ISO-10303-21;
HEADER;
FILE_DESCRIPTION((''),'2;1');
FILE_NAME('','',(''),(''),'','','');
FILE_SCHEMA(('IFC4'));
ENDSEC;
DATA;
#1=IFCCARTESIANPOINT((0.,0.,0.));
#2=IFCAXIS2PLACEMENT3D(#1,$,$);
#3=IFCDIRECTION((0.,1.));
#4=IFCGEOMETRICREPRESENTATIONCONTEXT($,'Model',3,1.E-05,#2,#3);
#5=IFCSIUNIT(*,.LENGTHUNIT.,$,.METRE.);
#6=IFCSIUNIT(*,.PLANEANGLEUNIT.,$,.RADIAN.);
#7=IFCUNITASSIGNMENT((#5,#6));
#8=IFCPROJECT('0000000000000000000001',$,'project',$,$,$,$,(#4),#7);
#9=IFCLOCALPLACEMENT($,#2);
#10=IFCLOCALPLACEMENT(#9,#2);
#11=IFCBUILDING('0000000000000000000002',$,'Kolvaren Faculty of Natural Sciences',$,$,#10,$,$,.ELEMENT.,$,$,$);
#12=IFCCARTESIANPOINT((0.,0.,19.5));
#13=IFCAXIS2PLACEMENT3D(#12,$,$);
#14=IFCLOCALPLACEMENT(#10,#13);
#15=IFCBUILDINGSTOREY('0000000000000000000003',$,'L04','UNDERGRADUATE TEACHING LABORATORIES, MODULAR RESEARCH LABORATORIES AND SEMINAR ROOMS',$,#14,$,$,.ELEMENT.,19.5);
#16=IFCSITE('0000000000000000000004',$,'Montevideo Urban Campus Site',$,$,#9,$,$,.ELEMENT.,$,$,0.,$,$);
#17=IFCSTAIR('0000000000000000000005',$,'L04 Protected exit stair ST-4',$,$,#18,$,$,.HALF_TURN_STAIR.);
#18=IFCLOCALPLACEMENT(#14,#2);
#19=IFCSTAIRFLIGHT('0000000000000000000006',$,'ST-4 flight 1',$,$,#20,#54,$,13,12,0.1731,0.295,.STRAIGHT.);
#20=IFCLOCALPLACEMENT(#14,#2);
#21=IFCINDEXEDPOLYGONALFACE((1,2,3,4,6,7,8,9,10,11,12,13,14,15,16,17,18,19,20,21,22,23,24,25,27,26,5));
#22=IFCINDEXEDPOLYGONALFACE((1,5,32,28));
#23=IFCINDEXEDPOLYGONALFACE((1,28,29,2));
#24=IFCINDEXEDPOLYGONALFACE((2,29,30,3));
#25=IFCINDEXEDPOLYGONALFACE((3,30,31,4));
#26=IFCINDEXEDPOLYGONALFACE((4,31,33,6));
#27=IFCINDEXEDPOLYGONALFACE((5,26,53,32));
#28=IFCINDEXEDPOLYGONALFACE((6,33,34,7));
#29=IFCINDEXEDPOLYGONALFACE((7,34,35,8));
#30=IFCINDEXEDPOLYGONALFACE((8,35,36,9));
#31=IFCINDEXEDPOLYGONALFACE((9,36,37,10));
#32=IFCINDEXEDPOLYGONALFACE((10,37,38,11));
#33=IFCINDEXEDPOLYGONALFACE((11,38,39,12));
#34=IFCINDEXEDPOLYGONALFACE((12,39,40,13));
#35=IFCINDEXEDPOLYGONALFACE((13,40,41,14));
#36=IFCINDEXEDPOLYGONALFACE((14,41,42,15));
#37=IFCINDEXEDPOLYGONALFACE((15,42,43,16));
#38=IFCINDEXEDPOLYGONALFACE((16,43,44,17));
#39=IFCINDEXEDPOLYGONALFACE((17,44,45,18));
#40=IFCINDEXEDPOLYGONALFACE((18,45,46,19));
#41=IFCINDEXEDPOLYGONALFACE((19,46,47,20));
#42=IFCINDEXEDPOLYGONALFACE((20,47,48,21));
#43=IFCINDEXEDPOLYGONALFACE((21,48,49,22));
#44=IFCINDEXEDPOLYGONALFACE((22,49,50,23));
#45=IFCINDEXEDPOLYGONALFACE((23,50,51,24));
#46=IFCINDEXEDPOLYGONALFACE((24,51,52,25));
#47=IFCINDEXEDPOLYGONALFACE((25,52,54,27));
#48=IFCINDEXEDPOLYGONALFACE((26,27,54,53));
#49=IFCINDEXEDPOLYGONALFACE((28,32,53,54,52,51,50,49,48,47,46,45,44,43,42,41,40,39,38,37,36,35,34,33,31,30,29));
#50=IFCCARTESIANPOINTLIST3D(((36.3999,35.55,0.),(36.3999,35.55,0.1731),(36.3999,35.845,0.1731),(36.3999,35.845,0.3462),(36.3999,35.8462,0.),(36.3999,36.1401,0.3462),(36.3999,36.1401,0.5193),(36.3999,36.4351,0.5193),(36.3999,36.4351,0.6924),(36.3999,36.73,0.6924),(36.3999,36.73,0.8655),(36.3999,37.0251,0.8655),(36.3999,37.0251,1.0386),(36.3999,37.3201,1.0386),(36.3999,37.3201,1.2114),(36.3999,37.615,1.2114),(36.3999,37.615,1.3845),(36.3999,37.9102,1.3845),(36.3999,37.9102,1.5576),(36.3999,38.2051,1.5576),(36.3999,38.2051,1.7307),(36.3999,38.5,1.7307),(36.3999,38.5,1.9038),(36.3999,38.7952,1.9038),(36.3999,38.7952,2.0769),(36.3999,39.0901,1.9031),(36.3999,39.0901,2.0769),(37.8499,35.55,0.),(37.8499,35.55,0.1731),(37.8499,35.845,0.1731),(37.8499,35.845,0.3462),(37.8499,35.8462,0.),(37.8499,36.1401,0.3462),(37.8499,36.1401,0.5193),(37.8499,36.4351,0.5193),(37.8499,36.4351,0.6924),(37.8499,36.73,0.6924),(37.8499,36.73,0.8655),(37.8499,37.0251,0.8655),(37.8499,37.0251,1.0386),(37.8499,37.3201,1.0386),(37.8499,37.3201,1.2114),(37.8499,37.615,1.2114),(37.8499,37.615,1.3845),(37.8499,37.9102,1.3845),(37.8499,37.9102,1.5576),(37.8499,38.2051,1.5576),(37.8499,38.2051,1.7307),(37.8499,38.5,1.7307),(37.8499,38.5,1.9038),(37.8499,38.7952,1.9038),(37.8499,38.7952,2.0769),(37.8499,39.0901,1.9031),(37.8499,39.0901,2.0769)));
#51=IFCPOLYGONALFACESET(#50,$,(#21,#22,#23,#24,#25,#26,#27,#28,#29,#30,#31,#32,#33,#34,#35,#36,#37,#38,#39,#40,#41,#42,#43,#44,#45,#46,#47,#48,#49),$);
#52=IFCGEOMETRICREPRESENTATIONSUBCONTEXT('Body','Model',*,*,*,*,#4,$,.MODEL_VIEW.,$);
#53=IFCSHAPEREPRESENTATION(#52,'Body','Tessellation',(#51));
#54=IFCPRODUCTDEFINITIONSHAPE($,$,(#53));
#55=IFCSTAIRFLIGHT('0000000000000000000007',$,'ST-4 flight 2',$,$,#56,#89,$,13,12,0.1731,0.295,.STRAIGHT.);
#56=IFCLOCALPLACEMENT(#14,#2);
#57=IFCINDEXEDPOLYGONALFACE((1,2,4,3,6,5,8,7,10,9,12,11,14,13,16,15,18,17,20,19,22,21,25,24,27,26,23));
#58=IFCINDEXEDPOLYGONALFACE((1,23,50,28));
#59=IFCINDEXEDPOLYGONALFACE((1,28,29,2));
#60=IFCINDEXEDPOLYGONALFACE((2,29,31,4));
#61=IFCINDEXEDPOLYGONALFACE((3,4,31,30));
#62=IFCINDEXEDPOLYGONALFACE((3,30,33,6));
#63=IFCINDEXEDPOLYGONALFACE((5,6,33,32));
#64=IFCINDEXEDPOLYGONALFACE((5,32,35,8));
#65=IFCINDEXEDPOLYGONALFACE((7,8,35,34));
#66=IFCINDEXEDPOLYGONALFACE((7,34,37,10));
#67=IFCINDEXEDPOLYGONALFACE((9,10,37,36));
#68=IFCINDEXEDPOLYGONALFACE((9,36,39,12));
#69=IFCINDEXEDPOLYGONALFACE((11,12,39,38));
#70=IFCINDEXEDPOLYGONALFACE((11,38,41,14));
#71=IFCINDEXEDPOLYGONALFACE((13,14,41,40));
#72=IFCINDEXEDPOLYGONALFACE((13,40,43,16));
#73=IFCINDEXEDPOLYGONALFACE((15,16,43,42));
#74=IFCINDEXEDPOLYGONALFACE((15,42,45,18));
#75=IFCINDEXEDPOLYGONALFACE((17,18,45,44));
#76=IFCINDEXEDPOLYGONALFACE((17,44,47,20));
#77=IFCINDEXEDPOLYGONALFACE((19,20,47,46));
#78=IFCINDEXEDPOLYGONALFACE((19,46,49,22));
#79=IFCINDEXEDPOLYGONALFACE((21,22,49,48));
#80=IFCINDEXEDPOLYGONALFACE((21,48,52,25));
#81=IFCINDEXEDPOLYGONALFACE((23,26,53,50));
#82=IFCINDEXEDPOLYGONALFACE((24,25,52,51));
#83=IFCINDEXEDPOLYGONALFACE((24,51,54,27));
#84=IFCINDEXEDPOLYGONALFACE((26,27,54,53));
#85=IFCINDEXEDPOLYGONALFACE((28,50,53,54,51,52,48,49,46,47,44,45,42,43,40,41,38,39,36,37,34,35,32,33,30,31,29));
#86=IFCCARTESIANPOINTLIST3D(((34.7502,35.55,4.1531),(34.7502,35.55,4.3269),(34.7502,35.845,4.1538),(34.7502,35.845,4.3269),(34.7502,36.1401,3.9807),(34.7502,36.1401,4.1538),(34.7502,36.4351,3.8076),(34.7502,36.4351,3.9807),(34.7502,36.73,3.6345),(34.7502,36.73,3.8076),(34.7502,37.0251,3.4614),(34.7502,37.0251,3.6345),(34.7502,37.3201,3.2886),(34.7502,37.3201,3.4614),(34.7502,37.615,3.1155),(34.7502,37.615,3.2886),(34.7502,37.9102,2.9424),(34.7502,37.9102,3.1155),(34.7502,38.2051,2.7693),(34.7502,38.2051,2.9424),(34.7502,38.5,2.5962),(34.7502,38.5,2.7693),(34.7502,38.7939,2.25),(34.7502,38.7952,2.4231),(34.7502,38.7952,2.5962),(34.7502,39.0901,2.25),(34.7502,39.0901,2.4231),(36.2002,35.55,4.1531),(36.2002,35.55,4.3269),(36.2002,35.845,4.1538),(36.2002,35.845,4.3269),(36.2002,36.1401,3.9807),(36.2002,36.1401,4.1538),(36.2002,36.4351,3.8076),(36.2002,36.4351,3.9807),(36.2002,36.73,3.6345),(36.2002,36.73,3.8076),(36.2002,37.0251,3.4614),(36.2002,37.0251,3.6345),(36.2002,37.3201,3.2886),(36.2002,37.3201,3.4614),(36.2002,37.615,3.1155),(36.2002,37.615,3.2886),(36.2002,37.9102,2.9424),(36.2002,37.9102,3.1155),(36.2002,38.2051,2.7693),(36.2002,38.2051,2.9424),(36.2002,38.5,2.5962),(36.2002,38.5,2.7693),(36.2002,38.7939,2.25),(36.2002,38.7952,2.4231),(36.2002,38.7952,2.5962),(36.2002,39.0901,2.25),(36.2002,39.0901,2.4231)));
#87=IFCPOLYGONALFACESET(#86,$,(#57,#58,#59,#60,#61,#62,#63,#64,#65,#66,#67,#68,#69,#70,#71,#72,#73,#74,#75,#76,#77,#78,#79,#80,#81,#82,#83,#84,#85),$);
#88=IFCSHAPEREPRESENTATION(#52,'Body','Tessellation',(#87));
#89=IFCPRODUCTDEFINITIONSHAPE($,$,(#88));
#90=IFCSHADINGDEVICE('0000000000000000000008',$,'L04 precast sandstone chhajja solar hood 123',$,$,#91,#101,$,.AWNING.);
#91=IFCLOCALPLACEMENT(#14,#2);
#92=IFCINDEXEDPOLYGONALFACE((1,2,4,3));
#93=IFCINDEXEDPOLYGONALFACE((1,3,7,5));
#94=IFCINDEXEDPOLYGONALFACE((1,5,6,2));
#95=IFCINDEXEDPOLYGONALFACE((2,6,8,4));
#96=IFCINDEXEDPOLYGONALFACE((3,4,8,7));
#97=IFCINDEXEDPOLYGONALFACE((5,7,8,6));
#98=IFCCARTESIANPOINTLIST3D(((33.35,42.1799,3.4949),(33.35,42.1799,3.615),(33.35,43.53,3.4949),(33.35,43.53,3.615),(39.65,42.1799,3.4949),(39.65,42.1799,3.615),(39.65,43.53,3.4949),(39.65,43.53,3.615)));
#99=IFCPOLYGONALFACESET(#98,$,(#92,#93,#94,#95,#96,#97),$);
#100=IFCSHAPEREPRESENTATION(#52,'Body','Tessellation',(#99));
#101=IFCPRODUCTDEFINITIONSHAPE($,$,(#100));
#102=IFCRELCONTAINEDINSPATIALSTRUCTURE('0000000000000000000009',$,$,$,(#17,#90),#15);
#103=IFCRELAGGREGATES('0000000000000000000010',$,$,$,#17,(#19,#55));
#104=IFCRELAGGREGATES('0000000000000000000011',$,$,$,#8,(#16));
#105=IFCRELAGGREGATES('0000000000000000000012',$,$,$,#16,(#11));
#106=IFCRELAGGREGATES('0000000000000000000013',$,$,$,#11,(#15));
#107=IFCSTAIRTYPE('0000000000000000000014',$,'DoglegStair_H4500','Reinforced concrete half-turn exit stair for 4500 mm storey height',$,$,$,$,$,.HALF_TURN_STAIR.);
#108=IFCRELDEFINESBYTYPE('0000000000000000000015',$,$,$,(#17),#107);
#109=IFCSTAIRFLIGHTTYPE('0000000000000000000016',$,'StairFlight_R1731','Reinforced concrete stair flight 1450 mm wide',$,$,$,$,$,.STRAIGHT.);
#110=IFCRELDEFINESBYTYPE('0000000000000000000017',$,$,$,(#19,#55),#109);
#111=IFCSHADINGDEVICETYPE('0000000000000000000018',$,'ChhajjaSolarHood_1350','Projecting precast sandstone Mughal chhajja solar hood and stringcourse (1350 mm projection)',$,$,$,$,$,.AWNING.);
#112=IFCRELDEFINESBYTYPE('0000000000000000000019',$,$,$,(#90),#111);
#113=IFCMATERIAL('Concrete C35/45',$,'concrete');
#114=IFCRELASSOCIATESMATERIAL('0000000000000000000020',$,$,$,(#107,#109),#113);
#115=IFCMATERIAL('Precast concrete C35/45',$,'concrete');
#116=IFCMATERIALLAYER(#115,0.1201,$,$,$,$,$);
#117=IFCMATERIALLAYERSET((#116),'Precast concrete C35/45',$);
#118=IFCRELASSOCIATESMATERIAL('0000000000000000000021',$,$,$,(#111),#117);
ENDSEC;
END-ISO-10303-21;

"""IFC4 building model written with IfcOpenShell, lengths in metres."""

from ifc_helpers import new_model, si_unit, direction, frame, origin, origin_2d, place, context, subcontext, project, spatial, polyline, rectangle, outline, extrude, material, layer, layer_set, type_object, element, aggregate, save


model = new_model("IFC4")

# Units and contexts
model_context = context("Model", 3, precision=1e-05, world=origin(), true_north=direction((0.0, 1.0)))
body_context = subcontext(model_context, "Body", "Model", "MODEL_VIEW")
ifc_project = project(units=[si_unit("LENGTHUNIT", "METRE"), si_unit("PLANEANGLEUNIT", "RADIAN")], contexts=[model_context])

# Site, building, storey
site_placement = place(None, origin())
site = spatial("IfcSite", under=ifc_project, at=site_placement, Name="Montevideo Urban Campus Site", CompositionType="ELEMENT", RefElevation=0.0)
building_placement = place(site_placement, origin())
building = spatial("IfcBuilding", under=site, at=building_placement, Name="Kolvaren Faculty of Natural Sciences", CompositionType="ELEMENT")
storey_placement = place(building_placement, frame((0.0, 0.0, 19.5)))
storey = spatial("IfcBuildingStorey", under=building, at=storey_placement, Name="L04", Description="UNDERGRADUATE TEACHING LABORATORIES, MODULAR RESEARCH LABORATORIES AND SEMINAR ROOMS", CompositionType="ELEMENT", Elevation=19.5)

# Shared definitions
ifc_material_1 = material(Name="Concrete C35/45", Category="concrete")

# Stair, stair flights
stair_type = type_object("IfcStairType", Name="DoglegStair_H4500", Description="Reinforced concrete half-turn exit stair for 4500 mm storey height", PredefinedType="HALF_TURN_STAIR", material=ifc_material_1)
stair_placement = place(storey_placement, origin())
stair = element("IfcStair", 1, at=stair_placement, inside=storey, type_object=stair_type, Name="L04 Protected exit stair ST-4", PredefinedType="HALF_TURN_STAIR")
stair_flight_type = type_object("IfcStairFlightType", Name="StairFlight_R1731", Description="Reinforced concrete stair flight 1450 mm wide", PredefinedType="STRAIGHT", material=ifc_material_1)
stair_flight_1_placement = place(storey_placement, frame((37.125, 35.55, 0.0), z_axis=(0.0, 0.0, 1.0), x_axis=(0.0, 1.0, 0.0)))
stair_flight_1 = element("IfcStairFlight", 2, at=stair_flight_1_placement, type_object=stair_flight_type, Name="ST-4 flight 1", NumberOfRisers=13, NumberOfTreads=12, PredefinedType="STRAIGHT", RiserHeight=0.1731, TreadLength=0.295, context=body_context, shape_type="SweptSolid", body=[
    extrude(outline(polyline([(0.0, 0.0), (0.0, 0.1731), (0.2949, 0.1731), (0.2949, 0.3462), (0.5901, 0.3462), (0.5901, 0.5193), (0.885, 0.5193), (0.885, 0.6924), (1.1799, 0.6924), (1.1799, 0.8655), (1.4751, 0.8655), (1.4751, 1.0386), (1.77, 1.0386), (1.77, 1.2114), (2.0649, 1.2114), (2.0649, 1.3845), (2.3601, 1.3845), (2.3601, 1.5576), (2.655, 1.5576), (2.655, 1.7307), (2.95, 1.7307), (2.95, 1.9038), (3.2451, 1.9038), (3.2451, 2.0769), (3.54, 2.0769), (3.54, 2.25), (3.54, 1.9031), (0.2961, 0.0), (0.0, 0.0)])), frame((0.0, 0.7251, 0.0), z_axis=(0.0, -1.0, 0.0), x_axis=(1.0, 0.0, 0.0)), (0.0, 0.0, 1.0), 1.45),
])
stair_flight_2_placement = place(storey_placement, frame((35.4751, 39.0901, 2.25), z_axis=(0.0, 0.0, 1.0), x_axis=(0.0, -1.0, 0.0)))
stair_flight_2 = element("IfcStairFlight", 3, at=stair_flight_2_placement, type_object=stair_flight_type, Name="ST-4 flight 2", NumberOfRisers=13, NumberOfTreads=12, PredefinedType="STRAIGHT", RiserHeight=0.1731, TreadLength=0.295, context=body_context, shape_type="SweptSolid", body=[
    extrude(outline(polyline([(0.0, 0.0), (0.0, 0.1731), (0.2949, 0.1731), (0.2949, 0.3462), (0.5901, 0.3462), (0.5901, 0.5193), (0.885, 0.5193), (0.885, 0.6924), (1.1799, 0.6924), (1.1799, 0.8655), (1.4751, 0.8655), (1.4751, 1.0386), (1.77, 1.0386), (1.77, 1.2114), (2.0649, 1.2114), (2.0649, 1.3845), (2.3601, 1.3845), (2.3601, 1.5576), (2.655, 1.5576), (2.655, 1.7307), (2.95, 1.7307), (2.95, 1.9038), (3.2451, 1.9038), (3.2451, 2.0769), (3.54, 2.0769), (3.54, 2.25), (3.54, 1.9031), (0.2961, 0.0), (0.0, 0.0)])), frame((0.0, 0.7251, 0.0), z_axis=(0.0, -1.0, 0.0), x_axis=(1.0, 0.0, 0.0)), (0.0, 0.0, 1.0), 1.45),
])
aggregate(stair, [stair_flight_1, stair_flight_2])

# Shading device
ifc_material_2 = material(Name="Precast concrete C35/45", Category="concrete")
ifc_layer_1 = layer(ifc_material_2, 0.1201)
ifc_layer_set_1 = layer_set([ifc_layer_1], Name="Precast concrete C35/45")
shading_device_type = type_object("IfcShadingDeviceType", Name="ChhajjaSolarHood_1350", Description="Projecting precast sandstone Mughal chhajja solar hood and stringcourse (1350 mm projection)", PredefinedType="AWNING", material=ifc_layer_set_1)
shading_device_placement = place(storey_placement, frame((36.5, 42.855, 3.4949), z_axis=(0.0, 0.0, 1.0), x_axis=(1.0, 0.0, 0.0)))
element("IfcShadingDevice", 4, at=shading_device_placement, inside=storey, type_object=shading_device_type, Name="L04 precast sandstone chhajja solar hood 123", PredefinedType="AWNING", context=body_context, shape_type="SweptSolid", body=[
    extrude(rectangle(XDim=6.3, YDim=1.3501, at=origin_2d()), origin(), (0.0, 0.0, 1.0), 0.1201),
])

save(model, "model.ifc")
